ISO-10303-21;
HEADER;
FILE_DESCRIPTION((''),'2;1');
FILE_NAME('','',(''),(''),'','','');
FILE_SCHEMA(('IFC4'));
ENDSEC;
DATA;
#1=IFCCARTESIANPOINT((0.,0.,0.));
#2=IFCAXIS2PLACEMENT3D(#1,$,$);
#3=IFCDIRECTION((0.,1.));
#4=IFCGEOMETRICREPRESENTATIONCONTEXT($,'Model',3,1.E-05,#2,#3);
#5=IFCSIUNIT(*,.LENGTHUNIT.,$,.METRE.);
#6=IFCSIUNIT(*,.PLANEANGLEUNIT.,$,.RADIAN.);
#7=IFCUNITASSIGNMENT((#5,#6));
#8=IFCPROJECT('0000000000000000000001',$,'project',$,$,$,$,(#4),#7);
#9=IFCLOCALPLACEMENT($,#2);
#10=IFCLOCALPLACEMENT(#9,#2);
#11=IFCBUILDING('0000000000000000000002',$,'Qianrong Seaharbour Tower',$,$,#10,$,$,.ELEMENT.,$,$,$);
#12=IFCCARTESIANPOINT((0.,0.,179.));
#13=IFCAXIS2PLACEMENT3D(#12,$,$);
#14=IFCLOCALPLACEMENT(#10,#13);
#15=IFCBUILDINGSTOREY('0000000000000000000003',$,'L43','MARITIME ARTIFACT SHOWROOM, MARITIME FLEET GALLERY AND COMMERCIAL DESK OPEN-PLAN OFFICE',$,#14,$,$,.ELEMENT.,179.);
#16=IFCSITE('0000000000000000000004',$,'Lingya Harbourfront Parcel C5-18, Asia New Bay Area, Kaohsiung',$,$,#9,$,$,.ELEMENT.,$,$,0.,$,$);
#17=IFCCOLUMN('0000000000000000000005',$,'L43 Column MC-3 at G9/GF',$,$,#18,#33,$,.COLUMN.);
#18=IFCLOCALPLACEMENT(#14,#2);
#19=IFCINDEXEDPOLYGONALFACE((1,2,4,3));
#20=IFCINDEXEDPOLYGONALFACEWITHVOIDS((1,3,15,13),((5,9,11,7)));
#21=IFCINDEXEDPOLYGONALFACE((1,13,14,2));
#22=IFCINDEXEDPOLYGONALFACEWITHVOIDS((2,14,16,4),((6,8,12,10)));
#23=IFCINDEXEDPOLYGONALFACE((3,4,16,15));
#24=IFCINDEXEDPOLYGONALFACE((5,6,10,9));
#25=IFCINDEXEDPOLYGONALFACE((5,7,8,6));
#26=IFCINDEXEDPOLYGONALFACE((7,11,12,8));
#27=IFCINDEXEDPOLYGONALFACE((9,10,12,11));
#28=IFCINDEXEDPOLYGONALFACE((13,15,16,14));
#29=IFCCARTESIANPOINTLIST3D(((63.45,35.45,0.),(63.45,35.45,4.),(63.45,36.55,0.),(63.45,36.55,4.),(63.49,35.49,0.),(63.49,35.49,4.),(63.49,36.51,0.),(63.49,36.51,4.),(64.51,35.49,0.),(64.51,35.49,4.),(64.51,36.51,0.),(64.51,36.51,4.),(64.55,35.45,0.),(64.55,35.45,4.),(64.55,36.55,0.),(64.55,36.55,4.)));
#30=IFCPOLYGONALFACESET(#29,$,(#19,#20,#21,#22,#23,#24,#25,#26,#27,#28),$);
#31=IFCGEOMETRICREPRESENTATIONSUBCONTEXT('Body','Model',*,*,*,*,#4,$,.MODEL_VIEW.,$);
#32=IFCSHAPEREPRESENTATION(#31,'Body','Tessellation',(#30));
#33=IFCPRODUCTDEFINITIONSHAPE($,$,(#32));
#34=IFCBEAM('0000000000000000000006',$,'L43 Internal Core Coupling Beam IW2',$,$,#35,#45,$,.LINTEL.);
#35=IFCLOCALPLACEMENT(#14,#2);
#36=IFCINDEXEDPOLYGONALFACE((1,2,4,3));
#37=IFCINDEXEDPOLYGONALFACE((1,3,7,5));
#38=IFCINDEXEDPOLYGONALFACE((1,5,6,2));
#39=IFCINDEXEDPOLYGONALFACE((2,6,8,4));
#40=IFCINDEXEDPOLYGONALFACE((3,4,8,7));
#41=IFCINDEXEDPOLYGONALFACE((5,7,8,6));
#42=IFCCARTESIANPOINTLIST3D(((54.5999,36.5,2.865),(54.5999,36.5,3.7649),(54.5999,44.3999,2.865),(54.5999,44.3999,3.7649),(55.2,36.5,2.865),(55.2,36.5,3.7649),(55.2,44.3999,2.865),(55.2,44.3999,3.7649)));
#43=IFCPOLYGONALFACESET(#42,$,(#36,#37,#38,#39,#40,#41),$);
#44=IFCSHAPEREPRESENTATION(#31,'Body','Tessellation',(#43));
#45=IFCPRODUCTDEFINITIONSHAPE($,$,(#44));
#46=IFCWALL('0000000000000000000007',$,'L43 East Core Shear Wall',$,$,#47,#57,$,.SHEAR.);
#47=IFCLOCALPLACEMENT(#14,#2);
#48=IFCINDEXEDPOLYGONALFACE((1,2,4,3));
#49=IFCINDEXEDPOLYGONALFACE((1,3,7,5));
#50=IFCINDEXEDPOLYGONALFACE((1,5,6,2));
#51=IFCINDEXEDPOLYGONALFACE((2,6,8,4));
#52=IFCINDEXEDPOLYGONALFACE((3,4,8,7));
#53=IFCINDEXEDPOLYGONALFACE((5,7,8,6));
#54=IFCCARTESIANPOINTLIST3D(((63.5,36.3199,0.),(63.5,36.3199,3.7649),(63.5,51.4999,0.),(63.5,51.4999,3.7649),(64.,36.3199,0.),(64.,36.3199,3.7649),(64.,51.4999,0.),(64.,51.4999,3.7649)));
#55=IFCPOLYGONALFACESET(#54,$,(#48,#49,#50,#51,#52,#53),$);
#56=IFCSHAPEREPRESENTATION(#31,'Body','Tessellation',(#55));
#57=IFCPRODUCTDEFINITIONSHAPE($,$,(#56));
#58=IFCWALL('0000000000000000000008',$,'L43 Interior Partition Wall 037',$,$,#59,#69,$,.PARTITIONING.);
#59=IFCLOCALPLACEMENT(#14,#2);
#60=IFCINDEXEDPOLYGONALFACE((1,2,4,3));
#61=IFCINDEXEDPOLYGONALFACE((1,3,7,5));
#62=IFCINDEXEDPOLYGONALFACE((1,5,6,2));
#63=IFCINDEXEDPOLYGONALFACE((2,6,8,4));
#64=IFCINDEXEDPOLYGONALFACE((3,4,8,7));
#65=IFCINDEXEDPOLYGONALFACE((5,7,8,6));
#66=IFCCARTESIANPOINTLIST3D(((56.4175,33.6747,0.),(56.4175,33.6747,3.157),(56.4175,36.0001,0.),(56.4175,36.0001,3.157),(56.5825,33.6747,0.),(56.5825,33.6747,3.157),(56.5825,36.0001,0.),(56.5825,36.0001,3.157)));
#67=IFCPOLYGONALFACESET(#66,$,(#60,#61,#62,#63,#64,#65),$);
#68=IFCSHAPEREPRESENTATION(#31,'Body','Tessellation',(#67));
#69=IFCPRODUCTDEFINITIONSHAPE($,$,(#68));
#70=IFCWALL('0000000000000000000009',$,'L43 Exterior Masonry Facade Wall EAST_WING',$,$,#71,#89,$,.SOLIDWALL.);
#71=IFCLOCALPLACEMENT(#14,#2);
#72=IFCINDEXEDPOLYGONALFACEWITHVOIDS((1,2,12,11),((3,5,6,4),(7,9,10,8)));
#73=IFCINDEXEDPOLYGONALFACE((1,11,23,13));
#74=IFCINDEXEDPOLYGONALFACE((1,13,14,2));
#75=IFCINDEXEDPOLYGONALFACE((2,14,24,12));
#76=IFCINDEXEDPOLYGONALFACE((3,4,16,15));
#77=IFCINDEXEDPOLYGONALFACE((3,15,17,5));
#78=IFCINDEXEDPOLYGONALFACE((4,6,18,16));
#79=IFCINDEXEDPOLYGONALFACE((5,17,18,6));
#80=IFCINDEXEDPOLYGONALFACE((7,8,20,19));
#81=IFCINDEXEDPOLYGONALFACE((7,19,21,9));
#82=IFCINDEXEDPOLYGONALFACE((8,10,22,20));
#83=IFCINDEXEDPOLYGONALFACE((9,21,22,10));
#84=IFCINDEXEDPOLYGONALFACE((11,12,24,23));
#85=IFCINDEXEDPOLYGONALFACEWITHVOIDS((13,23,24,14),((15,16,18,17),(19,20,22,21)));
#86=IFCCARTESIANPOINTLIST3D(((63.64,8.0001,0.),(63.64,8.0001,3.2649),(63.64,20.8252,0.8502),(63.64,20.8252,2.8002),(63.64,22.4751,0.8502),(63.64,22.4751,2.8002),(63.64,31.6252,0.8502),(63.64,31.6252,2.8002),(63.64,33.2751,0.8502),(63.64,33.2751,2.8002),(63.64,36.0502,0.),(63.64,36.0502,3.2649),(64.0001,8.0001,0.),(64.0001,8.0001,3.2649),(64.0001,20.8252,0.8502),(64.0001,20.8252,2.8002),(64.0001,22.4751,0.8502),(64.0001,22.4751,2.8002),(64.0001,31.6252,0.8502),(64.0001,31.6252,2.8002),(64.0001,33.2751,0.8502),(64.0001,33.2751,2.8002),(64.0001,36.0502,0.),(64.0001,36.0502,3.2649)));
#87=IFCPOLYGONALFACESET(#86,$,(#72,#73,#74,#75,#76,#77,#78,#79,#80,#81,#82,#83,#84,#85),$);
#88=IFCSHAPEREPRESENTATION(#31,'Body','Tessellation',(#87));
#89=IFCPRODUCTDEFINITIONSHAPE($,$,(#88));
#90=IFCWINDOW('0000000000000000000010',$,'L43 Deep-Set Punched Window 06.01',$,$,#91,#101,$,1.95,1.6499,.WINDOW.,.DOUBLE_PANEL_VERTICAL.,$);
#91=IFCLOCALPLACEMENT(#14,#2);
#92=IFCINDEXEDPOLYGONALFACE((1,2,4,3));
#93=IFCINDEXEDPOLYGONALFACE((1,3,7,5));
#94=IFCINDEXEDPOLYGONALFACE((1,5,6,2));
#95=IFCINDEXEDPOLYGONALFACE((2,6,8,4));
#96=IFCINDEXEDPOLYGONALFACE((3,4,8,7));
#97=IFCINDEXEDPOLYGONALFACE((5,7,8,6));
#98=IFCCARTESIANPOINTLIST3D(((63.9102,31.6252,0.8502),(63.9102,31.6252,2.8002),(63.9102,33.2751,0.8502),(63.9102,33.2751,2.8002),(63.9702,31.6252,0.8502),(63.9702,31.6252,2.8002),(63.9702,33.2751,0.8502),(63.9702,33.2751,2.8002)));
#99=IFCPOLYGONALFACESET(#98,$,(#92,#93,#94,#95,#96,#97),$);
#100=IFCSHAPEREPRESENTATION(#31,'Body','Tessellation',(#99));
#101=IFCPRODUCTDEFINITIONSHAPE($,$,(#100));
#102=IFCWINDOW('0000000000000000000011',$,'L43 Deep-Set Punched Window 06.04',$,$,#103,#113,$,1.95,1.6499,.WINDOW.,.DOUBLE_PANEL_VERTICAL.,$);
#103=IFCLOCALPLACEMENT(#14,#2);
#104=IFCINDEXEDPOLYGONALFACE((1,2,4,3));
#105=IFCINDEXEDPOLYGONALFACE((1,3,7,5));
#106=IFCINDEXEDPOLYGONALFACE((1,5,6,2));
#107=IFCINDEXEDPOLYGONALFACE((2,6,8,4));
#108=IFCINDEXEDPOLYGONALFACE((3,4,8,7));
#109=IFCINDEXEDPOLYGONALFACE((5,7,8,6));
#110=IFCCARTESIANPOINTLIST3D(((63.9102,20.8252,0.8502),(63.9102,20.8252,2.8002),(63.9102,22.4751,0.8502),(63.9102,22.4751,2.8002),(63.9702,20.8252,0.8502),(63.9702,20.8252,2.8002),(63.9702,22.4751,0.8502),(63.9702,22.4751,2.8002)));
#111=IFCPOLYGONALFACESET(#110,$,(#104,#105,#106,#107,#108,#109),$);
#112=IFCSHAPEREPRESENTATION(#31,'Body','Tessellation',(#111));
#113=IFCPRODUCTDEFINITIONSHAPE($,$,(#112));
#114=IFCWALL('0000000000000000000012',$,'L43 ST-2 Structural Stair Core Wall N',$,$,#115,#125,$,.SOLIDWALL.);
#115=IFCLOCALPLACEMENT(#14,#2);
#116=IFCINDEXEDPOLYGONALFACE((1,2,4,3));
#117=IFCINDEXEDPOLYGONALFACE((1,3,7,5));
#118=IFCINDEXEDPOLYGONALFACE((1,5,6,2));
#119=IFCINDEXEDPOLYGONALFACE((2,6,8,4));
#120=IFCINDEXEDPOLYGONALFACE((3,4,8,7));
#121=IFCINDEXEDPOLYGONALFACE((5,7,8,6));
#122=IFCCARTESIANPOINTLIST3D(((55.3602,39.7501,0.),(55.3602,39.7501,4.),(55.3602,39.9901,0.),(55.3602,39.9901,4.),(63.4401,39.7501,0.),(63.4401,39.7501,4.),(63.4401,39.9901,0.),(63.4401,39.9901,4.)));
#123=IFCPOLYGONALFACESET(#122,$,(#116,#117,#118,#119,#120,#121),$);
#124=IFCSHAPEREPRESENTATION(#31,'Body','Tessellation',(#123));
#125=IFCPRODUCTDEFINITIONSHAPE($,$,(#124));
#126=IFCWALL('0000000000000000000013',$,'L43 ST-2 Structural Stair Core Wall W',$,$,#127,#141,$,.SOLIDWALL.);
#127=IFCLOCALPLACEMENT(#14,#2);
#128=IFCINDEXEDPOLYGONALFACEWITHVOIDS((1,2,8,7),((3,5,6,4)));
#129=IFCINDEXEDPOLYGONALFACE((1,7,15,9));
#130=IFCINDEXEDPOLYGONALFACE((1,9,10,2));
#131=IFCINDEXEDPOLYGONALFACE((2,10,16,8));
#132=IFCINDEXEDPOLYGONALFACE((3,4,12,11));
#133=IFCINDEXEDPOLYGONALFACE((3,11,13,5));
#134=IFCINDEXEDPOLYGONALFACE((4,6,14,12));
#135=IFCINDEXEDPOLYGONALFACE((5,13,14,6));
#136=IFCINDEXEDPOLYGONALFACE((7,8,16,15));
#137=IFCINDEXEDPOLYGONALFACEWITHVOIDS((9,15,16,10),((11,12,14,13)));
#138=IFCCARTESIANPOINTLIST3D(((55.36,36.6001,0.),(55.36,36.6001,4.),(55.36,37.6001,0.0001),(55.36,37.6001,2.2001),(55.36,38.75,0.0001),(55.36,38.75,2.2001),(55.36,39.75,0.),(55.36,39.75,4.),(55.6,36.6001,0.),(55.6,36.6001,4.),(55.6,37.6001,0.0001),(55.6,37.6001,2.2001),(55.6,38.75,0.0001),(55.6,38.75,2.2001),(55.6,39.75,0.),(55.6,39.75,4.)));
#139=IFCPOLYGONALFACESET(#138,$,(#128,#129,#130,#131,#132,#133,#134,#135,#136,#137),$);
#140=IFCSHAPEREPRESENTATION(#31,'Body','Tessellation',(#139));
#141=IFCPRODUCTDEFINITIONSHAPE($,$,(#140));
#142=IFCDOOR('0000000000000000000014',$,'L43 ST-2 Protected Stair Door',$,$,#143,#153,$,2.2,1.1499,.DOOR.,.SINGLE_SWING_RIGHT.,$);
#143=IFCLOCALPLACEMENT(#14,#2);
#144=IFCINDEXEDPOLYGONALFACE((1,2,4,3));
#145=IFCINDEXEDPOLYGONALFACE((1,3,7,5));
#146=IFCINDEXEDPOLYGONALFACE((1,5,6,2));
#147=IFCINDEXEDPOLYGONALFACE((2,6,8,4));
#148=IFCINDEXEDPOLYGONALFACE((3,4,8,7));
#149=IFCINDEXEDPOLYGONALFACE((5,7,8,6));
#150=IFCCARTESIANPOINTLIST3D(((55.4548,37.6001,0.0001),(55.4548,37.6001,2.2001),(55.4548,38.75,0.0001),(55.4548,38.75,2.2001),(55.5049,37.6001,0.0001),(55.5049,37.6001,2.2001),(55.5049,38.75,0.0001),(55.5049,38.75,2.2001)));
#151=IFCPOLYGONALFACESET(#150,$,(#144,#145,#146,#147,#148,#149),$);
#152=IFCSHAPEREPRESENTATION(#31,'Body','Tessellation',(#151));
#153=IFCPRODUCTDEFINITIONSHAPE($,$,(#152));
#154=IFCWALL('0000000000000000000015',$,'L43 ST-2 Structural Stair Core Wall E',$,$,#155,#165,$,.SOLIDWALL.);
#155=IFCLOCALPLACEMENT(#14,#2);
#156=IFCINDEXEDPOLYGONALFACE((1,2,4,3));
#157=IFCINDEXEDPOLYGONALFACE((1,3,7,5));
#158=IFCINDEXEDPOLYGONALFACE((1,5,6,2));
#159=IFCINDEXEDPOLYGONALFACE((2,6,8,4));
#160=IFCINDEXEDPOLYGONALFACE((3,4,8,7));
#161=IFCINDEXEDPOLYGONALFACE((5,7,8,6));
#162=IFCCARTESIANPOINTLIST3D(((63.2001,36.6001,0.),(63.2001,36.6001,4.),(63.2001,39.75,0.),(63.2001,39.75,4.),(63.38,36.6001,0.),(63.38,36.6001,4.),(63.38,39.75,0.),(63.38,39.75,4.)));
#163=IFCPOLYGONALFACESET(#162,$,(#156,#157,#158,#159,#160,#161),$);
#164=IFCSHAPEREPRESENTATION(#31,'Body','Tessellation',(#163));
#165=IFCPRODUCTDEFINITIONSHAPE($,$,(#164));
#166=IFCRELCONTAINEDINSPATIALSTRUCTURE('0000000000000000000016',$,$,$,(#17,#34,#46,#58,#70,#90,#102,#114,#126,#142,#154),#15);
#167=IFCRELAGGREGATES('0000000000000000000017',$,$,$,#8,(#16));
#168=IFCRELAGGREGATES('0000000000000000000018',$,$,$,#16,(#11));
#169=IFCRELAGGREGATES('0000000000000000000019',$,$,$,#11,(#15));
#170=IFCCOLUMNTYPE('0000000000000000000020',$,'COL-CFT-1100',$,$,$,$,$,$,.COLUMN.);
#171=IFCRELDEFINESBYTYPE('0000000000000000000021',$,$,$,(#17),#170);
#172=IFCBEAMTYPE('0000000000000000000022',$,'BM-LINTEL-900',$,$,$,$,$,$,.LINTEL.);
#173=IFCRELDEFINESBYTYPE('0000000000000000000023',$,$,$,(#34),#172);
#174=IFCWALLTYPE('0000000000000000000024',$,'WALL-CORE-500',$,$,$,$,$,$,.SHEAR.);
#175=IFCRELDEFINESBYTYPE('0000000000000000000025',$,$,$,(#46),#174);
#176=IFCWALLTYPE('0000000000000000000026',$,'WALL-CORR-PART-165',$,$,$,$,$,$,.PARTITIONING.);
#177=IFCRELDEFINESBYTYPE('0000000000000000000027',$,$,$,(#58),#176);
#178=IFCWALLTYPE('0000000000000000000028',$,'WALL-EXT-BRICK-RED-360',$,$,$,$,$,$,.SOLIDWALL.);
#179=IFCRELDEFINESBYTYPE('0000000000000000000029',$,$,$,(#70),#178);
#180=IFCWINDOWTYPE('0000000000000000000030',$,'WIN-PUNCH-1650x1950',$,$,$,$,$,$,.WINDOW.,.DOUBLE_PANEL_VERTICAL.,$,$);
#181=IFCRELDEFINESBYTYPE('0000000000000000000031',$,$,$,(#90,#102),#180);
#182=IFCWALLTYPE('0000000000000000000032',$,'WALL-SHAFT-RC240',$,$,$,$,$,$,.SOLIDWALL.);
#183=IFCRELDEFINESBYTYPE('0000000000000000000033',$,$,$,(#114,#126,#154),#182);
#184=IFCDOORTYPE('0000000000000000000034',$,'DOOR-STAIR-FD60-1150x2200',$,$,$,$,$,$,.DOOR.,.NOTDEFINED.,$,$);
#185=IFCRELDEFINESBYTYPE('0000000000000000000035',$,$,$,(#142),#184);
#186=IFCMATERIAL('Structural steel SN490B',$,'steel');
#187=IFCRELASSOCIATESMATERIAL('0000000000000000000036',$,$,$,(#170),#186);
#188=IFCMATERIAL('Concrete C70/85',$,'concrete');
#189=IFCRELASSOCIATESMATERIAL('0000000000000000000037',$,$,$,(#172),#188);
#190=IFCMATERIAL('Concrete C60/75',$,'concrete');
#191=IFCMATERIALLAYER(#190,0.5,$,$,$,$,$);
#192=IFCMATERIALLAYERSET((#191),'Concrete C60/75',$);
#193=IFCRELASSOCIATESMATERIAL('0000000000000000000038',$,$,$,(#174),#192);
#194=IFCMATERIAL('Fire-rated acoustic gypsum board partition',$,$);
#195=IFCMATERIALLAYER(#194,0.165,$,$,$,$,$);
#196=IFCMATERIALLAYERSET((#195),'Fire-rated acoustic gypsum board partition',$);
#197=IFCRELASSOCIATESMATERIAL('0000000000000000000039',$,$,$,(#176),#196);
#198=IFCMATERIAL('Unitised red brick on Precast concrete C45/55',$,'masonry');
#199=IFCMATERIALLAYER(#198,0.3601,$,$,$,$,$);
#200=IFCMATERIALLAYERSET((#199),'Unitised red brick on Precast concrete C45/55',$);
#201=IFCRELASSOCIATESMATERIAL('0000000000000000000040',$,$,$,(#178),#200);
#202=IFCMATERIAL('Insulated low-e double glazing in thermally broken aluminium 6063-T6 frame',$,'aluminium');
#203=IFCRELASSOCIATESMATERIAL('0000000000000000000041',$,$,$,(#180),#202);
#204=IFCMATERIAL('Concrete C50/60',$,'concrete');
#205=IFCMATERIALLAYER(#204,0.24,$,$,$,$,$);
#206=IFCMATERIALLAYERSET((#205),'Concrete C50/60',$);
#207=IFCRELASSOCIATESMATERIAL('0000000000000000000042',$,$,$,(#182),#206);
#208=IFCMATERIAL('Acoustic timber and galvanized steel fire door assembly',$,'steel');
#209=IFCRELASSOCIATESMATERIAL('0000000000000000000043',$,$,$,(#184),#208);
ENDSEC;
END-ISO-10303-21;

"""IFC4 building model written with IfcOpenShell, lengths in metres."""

from ifc_helpers import new_model, si_unit, direction, frame, frame_2d, origin, origin_2d, place, context, subcontext, project, spatial, rectangle, hollow_rectangle, extrude, material, layer, layer_set, material_profile, profile_set, type_object, element, fill, save


model = new_model("IFC4")

# Units and contexts
model_context = context("Model", 3, precision=1e-05, world=origin(), true_north=direction((0.0, 1.0)))
body_context = subcontext(model_context, "Body", "Model", "MODEL_VIEW")
ifc_project = project(units=[si_unit("LENGTHUNIT", "METRE"), si_unit("PLANEANGLEUNIT", "RADIAN")], contexts=[model_context])

# Site, building, storey
site_placement = place(None, origin())
site = spatial("IfcSite", under=ifc_project, at=site_placement, Name="Lingya Harbourfront Parcel C5-18, Asia New Bay Area, Kaohsiung", CompositionType="ELEMENT", RefElevation=0.0)
building_placement = place(site_placement, origin())
building = spatial("IfcBuilding", under=site, at=building_placement, Name="Qianrong Seaharbour Tower", CompositionType="ELEMENT")
storey_placement = place(building_placement, frame((0.0, 0.0, 179.0)))
storey = spatial("IfcBuildingStorey", under=building, at=storey_placement, Name="L43", Description="MARITIME ARTIFACT SHOWROOM, MARITIME FLEET GALLERY AND COMMERCIAL DESK OPEN-PLAN OFFICE", CompositionType="ELEMENT", Elevation=179.0)

# Column
ifc_material_1 = material(Name="Structural steel SN490B", Category="steel")
ifc_material_profile_1 = material_profile(ifc_material_1, hollow_rectangle(XDim=1.1001, YDim=1.1001, WallThickness=0.04, at=origin_2d()), Name="BOX1100x1100x40")
ifc_profile_set_1 = profile_set([ifc_material_profile_1], Name="Structural steel SN490B")
column_type = type_object("IfcColumnType", Name="COL-CFT-1100", PredefinedType="COLUMN", material=ifc_profile_set_1)
column_placement = place(storey_placement, frame((64.0, 36.0, 0.0), z_axis=(0.0, 0.0, 1.0), x_axis=(1.0, 0.0, 0.0)))
element("IfcColumn", 1, at=column_placement, inside=storey, type_object=column_type, Name="L43 Column MC-3 at G9/GF", PredefinedType="COLUMN", context=body_context, shape_type="SweptSolid", body=[
    extrude(hollow_rectangle(XDim=1.1001, YDim=1.1001, WallThickness=0.04, at=origin_2d()), origin(), (0.0, 0.0, 1.0), 4.0),
])

# Beam
ifc_material_2 = material(Name="Concrete C70/85", Category="concrete")
ifc_material_profile_2 = material_profile(ifc_material_2, rectangle(XDim=0.6001, YDim=0.8999, at=origin_2d()), Name="RC600x900")
ifc_profile_set_2 = profile_set([ifc_material_profile_2], Name="Concrete C70/85")
beam_type = type_object("IfcBeamType", Name="BM-LINTEL-900", PredefinedType="LINTEL", material=ifc_profile_set_2)
beam_placement = place(storey_placement, frame((54.8999, 36.5, 3.3149), z_axis=(0.0, 1.0, 0.0), x_axis=(-1.0, 0.0, 0.0)))
element("IfcBeam", 2, at=beam_placement, inside=storey, type_object=beam_type, Name="L43 Internal Core Coupling Beam IW2", PredefinedType="LINTEL", context=body_context, shape_type="SweptSolid", body=[
    extrude(rectangle(XDim=0.6001, YDim=0.8999, at=origin_2d()), origin(), (0.0, 0.0, 1.0), 7.8999),
])

# Walls
ifc_material_3 = material(Name="Concrete C60/75", Category="concrete")
ifc_layer_1 = layer(ifc_material_3, 0.5)
ifc_layer_set_1 = layer_set([ifc_layer_1], Name="Concrete C60/75")
wall_type_1 = type_object("IfcWallType", Name="WALL-CORE-500", PredefinedType="SHEAR", material=ifc_layer_set_1)
wall_1_placement = place(storey_placement, frame((63.75, 36.3201, 0.0), z_axis=(0.0, 0.0, 1.0), x_axis=(0.0, 1.0, 0.0)))
element("IfcWall", 3, at=wall_1_placement, inside=storey, type_object=wall_type_1, Name="L43 East Core Shear Wall", PredefinedType="SHEAR", context=body_context, shape_type="SweptSolid", body=[
    extrude(rectangle(XDim=15.1799, YDim=0.5, at=frame_2d((7.5898, 0.0))), origin(), (0.0, 0.0, 1.0), 3.7649),
])
ifc_material_4 = material(Name="Fire-rated acoustic gypsum board partition")
ifc_layer_2 = layer(ifc_material_4, 0.165)
ifc_layer_set_2 = layer_set([ifc_layer_2], Name="Fire-rated acoustic gypsum board partition")
wall_type_2 = type_object("IfcWallType", Name="WALL-CORR-PART-165", PredefinedType="PARTITIONING", material=ifc_layer_set_2)
wall_2_placement = place(storey_placement, frame((56.5, 36.0, 0.0), z_axis=(0.0, 0.0, 1.0), x_axis=(0.0, -1.0, 0.0)))
element("IfcWall", 4, at=wall_2_placement, inside=storey, type_object=wall_type_2, Name="L43 Interior Partition Wall 037", PredefinedType="PARTITIONING", context=body_context, shape_type="SweptSolid", body=[
    extrude(rectangle(XDim=2.3254, YDim=0.165, at=frame_2d((1.1626, 0.0))), origin(), (0.0, 0.0, 1.0), 3.157),
])

# Wall, openings, windows
ifc_material_5 = material(Name="Unitised red brick on Precast concrete C45/55", Category="masonry")
ifc_layer_3 = layer(ifc_material_5, 0.3601)
ifc_layer_set_3 = layer_set([ifc_layer_3], Name="Unitised red brick on Precast concrete C45/55")
wall_type_3 = type_object("IfcWallType", Name="WALL-EXT-BRICK-RED-360", PredefinedType="SOLIDWALL", material=ifc_layer_set_3)
wall_3_placement = place(storey_placement, frame((63.8201, 36.05, 0.0), z_axis=(0.0, 0.0, 1.0), x_axis=(0.0, -1.0, 0.0)))
wall_3 = element("IfcWall", 5, at=wall_3_placement, inside=storey, type_object=wall_type_3, Name="L43 Exterior Masonry Facade Wall EAST_WING", PredefinedType="SOLIDWALL", context=body_context, shape_type="SweptSolid", body=[
    extrude(rectangle(XDim=28.05, YDim=0.3601, at=frame_2d((14.0249, 0.0))), origin(), (0.0, 0.0, 1.0), 3.2649),
])
opening_1_placement = place(wall_3_placement, frame((2.7749, 0.0, 0.8501)))
opening_1 = element("IfcOpeningElement", 6, at=opening_1_placement, cuts=wall_3, PredefinedType="OPENING", context=body_context, shape_type="SweptSolid", body=[
    extrude(rectangle(XDim=1.6499, YDim=1.95, at=frame_2d((0.825, 0.9751))), frame((0.0, 0.1899, 0.0), z_axis=(0.0, -1.0, 0.0), x_axis=(1.0, 0.0, 0.0)), (0.0, 0.0, 1.0), 0.3801),
])
opening_2_placement = place(wall_3_placement, frame((13.575, 0.0, 0.8501)))
opening_2 = element("IfcOpeningElement", 7, at=opening_2_placement, cuts=wall_3, PredefinedType="OPENING", context=body_context, shape_type="SweptSolid", body=[
    extrude(rectangle(XDim=1.6499, YDim=1.95, at=frame_2d((0.825, 0.9751))), frame((0.0, 0.1899, 0.0), z_axis=(0.0, -1.0, 0.0), x_axis=(1.0, 0.0, 0.0)), (0.0, 0.0, 1.0), 0.3801),
])
ifc_material_6 = material(Name="Insulated low-e double glazing in thermally broken aluminium 6063-T6 frame", Category="aluminium")
window_type = type_object("IfcWindowType", Name="WIN-PUNCH-1650x1950", PartitioningType="DOUBLE_PANEL_VERTICAL", PredefinedType="WINDOW", material=ifc_material_6)
window_1_placement = place(opening_1_placement, origin())
window_1 = element("IfcWindow", 8, at=window_1_placement, inside=storey, type_object=window_type, Name="L43 Deep-Set Punched Window 06.01", OverallHeight=1.95, OverallWidth=1.6499, PartitioningType="DOUBLE_PANEL_VERTICAL", PredefinedType="WINDOW", context=body_context, shape_type="SweptSolid", body=[
    extrude(rectangle(XDim=1.6499, YDim=1.95, at=frame_2d((0.825, 0.9751))), frame((0.0, 0.1501, 0.0), z_axis=(0.0, -1.0, 0.0), x_axis=(1.0, 0.0, 0.0)), (0.0, 0.0, 1.0), 0.0601),
])
fill(opening_1, window_1)
window_2_placement = place(opening_2_placement, origin())
window_2 = element("IfcWindow", 9, at=window_2_placement, inside=storey, type_object=window_type, Name="L43 Deep-Set Punched Window 06.04", OverallHeight=1.95, OverallWidth=1.6499, PartitioningType="DOUBLE_PANEL_VERTICAL", PredefinedType="WINDOW", context=body_context, shape_type="SweptSolid", body=[
    extrude(rectangle(XDim=1.6499, YDim=1.95, at=frame_2d((0.825, 0.9751))), frame((0.0, 0.1501, 0.0), z_axis=(0.0, -1.0, 0.0), x_axis=(1.0, 0.0, 0.0)), (0.0, 0.0, 1.0), 0.0601),
])
fill(opening_2, window_2)

# Wall
ifc_material_7 = material(Name="Concrete C50/60", Category="concrete")
ifc_layer_4 = layer(ifc_material_7, 0.24)
ifc_layer_set_4 = layer_set([ifc_layer_4], Name="Concrete C50/60")
wall_type_4 = type_object("IfcWallType", Name="WALL-SHAFT-RC240", PredefinedType="SOLIDWALL", material=ifc_layer_set_4)
wall_4_placement = place(storey_placement, frame((55.3601, 39.8701, 0.0), z_axis=(0.0, 0.0, 1.0), x_axis=(1.0, 0.0, 0.0)))
element("IfcWall", 10, at=wall_4_placement, inside=storey, type_object=wall_type_4, Name="L43 ST-2 Structural Stair Core Wall N", PredefinedType="SOLIDWALL", context=body_context, shape_type="SweptSolid", body=[
    extrude(rectangle(XDim=8.0798, YDim=0.24, at=frame_2d((4.04, 0.0))), origin(), (0.0, 0.0, 1.0), 4.0),
])

# Wall, opening, door
wall_5_placement = place(storey_placement, frame((55.48, 39.75, 0.0), z_axis=(0.0, 0.0, 1.0), x_axis=(0.0, -1.0, 0.0)))
wall_5 = element("IfcWall", 11, at=wall_5_placement, inside=storey, type_object=wall_type_4, Name="L43 ST-2 Structural Stair Core Wall W", PredefinedType="SOLIDWALL", context=body_context, shape_type="SweptSolid", body=[
    extrude(rectangle(XDim=3.1499, YDim=0.24, at=frame_2d((1.575, 0.0))), origin(), (0.0, 0.0, 1.0), 4.0),
])
opening_3_placement = place(wall_5_placement, frame((1.0, 0.0, 0.0)))
opening_3 = element("IfcOpeningElement", 12, at=opening_3_placement, cuts=wall_5, PredefinedType="OPENING", context=body_context, shape_type="SweptSolid", body=[
    extrude(rectangle(XDim=1.1499, YDim=2.2, at=frame_2d((0.575, 1.1001))), frame((0.0, 0.1299, 0.0), z_axis=(0.0, -1.0, 0.0), x_axis=(1.0, 0.0, 0.0)), (0.0, 0.0, 1.0), 0.26),
])
ifc_material_8 = material(Name="Acoustic timber and galvanized steel fire door assembly", Category="steel")
door_type = type_object("IfcDoorType", Name="DOOR-STAIR-FD60-1150x2200", OperationType="NOTDEFINED", PredefinedType="DOOR", material=ifc_material_8)
door_placement = place(opening_3_placement, origin())
door = element("IfcDoor", 13, at=door_placement, inside=storey, type_object=door_type, Name="L43 ST-2 Protected Stair Door", OperationType="SINGLE_SWING_RIGHT", OverallHeight=2.2, OverallWidth=1.1499, PredefinedType="DOOR", context=body_context, shape_type="SweptSolid", body=[
    extrude(rectangle(XDim=1.1499, YDim=2.2, at=frame_2d((0.575, 1.1001))), frame((0.0, 0.0249, 0.0), z_axis=(0.0, -1.0, 0.0), x_axis=(1.0, 0.0, 0.0)), (0.0, 0.0, 1.0), 0.05),
])
fill(opening_3, door)

# Wall
wall_6_placement = place(storey_placement, frame((63.29, 36.6001, 0.0), z_axis=(0.0, 0.0, 1.0), x_axis=(0.0, 1.0, 0.0)))
element("IfcWall", 14, at=wall_6_placement, inside=storey, type_object=wall_type_4, Name="L43 ST-2 Structural Stair Core Wall E", PredefinedType="SOLIDWALL", context=body_context, shape_type="SweptSolid", body=[
    extrude(rectangle(XDim=3.1499, YDim=0.1799, at=frame_2d((1.575, 0.0))), origin(), (0.0, 0.0, 1.0), 4.0),
])

save(model, "model.ifc")
